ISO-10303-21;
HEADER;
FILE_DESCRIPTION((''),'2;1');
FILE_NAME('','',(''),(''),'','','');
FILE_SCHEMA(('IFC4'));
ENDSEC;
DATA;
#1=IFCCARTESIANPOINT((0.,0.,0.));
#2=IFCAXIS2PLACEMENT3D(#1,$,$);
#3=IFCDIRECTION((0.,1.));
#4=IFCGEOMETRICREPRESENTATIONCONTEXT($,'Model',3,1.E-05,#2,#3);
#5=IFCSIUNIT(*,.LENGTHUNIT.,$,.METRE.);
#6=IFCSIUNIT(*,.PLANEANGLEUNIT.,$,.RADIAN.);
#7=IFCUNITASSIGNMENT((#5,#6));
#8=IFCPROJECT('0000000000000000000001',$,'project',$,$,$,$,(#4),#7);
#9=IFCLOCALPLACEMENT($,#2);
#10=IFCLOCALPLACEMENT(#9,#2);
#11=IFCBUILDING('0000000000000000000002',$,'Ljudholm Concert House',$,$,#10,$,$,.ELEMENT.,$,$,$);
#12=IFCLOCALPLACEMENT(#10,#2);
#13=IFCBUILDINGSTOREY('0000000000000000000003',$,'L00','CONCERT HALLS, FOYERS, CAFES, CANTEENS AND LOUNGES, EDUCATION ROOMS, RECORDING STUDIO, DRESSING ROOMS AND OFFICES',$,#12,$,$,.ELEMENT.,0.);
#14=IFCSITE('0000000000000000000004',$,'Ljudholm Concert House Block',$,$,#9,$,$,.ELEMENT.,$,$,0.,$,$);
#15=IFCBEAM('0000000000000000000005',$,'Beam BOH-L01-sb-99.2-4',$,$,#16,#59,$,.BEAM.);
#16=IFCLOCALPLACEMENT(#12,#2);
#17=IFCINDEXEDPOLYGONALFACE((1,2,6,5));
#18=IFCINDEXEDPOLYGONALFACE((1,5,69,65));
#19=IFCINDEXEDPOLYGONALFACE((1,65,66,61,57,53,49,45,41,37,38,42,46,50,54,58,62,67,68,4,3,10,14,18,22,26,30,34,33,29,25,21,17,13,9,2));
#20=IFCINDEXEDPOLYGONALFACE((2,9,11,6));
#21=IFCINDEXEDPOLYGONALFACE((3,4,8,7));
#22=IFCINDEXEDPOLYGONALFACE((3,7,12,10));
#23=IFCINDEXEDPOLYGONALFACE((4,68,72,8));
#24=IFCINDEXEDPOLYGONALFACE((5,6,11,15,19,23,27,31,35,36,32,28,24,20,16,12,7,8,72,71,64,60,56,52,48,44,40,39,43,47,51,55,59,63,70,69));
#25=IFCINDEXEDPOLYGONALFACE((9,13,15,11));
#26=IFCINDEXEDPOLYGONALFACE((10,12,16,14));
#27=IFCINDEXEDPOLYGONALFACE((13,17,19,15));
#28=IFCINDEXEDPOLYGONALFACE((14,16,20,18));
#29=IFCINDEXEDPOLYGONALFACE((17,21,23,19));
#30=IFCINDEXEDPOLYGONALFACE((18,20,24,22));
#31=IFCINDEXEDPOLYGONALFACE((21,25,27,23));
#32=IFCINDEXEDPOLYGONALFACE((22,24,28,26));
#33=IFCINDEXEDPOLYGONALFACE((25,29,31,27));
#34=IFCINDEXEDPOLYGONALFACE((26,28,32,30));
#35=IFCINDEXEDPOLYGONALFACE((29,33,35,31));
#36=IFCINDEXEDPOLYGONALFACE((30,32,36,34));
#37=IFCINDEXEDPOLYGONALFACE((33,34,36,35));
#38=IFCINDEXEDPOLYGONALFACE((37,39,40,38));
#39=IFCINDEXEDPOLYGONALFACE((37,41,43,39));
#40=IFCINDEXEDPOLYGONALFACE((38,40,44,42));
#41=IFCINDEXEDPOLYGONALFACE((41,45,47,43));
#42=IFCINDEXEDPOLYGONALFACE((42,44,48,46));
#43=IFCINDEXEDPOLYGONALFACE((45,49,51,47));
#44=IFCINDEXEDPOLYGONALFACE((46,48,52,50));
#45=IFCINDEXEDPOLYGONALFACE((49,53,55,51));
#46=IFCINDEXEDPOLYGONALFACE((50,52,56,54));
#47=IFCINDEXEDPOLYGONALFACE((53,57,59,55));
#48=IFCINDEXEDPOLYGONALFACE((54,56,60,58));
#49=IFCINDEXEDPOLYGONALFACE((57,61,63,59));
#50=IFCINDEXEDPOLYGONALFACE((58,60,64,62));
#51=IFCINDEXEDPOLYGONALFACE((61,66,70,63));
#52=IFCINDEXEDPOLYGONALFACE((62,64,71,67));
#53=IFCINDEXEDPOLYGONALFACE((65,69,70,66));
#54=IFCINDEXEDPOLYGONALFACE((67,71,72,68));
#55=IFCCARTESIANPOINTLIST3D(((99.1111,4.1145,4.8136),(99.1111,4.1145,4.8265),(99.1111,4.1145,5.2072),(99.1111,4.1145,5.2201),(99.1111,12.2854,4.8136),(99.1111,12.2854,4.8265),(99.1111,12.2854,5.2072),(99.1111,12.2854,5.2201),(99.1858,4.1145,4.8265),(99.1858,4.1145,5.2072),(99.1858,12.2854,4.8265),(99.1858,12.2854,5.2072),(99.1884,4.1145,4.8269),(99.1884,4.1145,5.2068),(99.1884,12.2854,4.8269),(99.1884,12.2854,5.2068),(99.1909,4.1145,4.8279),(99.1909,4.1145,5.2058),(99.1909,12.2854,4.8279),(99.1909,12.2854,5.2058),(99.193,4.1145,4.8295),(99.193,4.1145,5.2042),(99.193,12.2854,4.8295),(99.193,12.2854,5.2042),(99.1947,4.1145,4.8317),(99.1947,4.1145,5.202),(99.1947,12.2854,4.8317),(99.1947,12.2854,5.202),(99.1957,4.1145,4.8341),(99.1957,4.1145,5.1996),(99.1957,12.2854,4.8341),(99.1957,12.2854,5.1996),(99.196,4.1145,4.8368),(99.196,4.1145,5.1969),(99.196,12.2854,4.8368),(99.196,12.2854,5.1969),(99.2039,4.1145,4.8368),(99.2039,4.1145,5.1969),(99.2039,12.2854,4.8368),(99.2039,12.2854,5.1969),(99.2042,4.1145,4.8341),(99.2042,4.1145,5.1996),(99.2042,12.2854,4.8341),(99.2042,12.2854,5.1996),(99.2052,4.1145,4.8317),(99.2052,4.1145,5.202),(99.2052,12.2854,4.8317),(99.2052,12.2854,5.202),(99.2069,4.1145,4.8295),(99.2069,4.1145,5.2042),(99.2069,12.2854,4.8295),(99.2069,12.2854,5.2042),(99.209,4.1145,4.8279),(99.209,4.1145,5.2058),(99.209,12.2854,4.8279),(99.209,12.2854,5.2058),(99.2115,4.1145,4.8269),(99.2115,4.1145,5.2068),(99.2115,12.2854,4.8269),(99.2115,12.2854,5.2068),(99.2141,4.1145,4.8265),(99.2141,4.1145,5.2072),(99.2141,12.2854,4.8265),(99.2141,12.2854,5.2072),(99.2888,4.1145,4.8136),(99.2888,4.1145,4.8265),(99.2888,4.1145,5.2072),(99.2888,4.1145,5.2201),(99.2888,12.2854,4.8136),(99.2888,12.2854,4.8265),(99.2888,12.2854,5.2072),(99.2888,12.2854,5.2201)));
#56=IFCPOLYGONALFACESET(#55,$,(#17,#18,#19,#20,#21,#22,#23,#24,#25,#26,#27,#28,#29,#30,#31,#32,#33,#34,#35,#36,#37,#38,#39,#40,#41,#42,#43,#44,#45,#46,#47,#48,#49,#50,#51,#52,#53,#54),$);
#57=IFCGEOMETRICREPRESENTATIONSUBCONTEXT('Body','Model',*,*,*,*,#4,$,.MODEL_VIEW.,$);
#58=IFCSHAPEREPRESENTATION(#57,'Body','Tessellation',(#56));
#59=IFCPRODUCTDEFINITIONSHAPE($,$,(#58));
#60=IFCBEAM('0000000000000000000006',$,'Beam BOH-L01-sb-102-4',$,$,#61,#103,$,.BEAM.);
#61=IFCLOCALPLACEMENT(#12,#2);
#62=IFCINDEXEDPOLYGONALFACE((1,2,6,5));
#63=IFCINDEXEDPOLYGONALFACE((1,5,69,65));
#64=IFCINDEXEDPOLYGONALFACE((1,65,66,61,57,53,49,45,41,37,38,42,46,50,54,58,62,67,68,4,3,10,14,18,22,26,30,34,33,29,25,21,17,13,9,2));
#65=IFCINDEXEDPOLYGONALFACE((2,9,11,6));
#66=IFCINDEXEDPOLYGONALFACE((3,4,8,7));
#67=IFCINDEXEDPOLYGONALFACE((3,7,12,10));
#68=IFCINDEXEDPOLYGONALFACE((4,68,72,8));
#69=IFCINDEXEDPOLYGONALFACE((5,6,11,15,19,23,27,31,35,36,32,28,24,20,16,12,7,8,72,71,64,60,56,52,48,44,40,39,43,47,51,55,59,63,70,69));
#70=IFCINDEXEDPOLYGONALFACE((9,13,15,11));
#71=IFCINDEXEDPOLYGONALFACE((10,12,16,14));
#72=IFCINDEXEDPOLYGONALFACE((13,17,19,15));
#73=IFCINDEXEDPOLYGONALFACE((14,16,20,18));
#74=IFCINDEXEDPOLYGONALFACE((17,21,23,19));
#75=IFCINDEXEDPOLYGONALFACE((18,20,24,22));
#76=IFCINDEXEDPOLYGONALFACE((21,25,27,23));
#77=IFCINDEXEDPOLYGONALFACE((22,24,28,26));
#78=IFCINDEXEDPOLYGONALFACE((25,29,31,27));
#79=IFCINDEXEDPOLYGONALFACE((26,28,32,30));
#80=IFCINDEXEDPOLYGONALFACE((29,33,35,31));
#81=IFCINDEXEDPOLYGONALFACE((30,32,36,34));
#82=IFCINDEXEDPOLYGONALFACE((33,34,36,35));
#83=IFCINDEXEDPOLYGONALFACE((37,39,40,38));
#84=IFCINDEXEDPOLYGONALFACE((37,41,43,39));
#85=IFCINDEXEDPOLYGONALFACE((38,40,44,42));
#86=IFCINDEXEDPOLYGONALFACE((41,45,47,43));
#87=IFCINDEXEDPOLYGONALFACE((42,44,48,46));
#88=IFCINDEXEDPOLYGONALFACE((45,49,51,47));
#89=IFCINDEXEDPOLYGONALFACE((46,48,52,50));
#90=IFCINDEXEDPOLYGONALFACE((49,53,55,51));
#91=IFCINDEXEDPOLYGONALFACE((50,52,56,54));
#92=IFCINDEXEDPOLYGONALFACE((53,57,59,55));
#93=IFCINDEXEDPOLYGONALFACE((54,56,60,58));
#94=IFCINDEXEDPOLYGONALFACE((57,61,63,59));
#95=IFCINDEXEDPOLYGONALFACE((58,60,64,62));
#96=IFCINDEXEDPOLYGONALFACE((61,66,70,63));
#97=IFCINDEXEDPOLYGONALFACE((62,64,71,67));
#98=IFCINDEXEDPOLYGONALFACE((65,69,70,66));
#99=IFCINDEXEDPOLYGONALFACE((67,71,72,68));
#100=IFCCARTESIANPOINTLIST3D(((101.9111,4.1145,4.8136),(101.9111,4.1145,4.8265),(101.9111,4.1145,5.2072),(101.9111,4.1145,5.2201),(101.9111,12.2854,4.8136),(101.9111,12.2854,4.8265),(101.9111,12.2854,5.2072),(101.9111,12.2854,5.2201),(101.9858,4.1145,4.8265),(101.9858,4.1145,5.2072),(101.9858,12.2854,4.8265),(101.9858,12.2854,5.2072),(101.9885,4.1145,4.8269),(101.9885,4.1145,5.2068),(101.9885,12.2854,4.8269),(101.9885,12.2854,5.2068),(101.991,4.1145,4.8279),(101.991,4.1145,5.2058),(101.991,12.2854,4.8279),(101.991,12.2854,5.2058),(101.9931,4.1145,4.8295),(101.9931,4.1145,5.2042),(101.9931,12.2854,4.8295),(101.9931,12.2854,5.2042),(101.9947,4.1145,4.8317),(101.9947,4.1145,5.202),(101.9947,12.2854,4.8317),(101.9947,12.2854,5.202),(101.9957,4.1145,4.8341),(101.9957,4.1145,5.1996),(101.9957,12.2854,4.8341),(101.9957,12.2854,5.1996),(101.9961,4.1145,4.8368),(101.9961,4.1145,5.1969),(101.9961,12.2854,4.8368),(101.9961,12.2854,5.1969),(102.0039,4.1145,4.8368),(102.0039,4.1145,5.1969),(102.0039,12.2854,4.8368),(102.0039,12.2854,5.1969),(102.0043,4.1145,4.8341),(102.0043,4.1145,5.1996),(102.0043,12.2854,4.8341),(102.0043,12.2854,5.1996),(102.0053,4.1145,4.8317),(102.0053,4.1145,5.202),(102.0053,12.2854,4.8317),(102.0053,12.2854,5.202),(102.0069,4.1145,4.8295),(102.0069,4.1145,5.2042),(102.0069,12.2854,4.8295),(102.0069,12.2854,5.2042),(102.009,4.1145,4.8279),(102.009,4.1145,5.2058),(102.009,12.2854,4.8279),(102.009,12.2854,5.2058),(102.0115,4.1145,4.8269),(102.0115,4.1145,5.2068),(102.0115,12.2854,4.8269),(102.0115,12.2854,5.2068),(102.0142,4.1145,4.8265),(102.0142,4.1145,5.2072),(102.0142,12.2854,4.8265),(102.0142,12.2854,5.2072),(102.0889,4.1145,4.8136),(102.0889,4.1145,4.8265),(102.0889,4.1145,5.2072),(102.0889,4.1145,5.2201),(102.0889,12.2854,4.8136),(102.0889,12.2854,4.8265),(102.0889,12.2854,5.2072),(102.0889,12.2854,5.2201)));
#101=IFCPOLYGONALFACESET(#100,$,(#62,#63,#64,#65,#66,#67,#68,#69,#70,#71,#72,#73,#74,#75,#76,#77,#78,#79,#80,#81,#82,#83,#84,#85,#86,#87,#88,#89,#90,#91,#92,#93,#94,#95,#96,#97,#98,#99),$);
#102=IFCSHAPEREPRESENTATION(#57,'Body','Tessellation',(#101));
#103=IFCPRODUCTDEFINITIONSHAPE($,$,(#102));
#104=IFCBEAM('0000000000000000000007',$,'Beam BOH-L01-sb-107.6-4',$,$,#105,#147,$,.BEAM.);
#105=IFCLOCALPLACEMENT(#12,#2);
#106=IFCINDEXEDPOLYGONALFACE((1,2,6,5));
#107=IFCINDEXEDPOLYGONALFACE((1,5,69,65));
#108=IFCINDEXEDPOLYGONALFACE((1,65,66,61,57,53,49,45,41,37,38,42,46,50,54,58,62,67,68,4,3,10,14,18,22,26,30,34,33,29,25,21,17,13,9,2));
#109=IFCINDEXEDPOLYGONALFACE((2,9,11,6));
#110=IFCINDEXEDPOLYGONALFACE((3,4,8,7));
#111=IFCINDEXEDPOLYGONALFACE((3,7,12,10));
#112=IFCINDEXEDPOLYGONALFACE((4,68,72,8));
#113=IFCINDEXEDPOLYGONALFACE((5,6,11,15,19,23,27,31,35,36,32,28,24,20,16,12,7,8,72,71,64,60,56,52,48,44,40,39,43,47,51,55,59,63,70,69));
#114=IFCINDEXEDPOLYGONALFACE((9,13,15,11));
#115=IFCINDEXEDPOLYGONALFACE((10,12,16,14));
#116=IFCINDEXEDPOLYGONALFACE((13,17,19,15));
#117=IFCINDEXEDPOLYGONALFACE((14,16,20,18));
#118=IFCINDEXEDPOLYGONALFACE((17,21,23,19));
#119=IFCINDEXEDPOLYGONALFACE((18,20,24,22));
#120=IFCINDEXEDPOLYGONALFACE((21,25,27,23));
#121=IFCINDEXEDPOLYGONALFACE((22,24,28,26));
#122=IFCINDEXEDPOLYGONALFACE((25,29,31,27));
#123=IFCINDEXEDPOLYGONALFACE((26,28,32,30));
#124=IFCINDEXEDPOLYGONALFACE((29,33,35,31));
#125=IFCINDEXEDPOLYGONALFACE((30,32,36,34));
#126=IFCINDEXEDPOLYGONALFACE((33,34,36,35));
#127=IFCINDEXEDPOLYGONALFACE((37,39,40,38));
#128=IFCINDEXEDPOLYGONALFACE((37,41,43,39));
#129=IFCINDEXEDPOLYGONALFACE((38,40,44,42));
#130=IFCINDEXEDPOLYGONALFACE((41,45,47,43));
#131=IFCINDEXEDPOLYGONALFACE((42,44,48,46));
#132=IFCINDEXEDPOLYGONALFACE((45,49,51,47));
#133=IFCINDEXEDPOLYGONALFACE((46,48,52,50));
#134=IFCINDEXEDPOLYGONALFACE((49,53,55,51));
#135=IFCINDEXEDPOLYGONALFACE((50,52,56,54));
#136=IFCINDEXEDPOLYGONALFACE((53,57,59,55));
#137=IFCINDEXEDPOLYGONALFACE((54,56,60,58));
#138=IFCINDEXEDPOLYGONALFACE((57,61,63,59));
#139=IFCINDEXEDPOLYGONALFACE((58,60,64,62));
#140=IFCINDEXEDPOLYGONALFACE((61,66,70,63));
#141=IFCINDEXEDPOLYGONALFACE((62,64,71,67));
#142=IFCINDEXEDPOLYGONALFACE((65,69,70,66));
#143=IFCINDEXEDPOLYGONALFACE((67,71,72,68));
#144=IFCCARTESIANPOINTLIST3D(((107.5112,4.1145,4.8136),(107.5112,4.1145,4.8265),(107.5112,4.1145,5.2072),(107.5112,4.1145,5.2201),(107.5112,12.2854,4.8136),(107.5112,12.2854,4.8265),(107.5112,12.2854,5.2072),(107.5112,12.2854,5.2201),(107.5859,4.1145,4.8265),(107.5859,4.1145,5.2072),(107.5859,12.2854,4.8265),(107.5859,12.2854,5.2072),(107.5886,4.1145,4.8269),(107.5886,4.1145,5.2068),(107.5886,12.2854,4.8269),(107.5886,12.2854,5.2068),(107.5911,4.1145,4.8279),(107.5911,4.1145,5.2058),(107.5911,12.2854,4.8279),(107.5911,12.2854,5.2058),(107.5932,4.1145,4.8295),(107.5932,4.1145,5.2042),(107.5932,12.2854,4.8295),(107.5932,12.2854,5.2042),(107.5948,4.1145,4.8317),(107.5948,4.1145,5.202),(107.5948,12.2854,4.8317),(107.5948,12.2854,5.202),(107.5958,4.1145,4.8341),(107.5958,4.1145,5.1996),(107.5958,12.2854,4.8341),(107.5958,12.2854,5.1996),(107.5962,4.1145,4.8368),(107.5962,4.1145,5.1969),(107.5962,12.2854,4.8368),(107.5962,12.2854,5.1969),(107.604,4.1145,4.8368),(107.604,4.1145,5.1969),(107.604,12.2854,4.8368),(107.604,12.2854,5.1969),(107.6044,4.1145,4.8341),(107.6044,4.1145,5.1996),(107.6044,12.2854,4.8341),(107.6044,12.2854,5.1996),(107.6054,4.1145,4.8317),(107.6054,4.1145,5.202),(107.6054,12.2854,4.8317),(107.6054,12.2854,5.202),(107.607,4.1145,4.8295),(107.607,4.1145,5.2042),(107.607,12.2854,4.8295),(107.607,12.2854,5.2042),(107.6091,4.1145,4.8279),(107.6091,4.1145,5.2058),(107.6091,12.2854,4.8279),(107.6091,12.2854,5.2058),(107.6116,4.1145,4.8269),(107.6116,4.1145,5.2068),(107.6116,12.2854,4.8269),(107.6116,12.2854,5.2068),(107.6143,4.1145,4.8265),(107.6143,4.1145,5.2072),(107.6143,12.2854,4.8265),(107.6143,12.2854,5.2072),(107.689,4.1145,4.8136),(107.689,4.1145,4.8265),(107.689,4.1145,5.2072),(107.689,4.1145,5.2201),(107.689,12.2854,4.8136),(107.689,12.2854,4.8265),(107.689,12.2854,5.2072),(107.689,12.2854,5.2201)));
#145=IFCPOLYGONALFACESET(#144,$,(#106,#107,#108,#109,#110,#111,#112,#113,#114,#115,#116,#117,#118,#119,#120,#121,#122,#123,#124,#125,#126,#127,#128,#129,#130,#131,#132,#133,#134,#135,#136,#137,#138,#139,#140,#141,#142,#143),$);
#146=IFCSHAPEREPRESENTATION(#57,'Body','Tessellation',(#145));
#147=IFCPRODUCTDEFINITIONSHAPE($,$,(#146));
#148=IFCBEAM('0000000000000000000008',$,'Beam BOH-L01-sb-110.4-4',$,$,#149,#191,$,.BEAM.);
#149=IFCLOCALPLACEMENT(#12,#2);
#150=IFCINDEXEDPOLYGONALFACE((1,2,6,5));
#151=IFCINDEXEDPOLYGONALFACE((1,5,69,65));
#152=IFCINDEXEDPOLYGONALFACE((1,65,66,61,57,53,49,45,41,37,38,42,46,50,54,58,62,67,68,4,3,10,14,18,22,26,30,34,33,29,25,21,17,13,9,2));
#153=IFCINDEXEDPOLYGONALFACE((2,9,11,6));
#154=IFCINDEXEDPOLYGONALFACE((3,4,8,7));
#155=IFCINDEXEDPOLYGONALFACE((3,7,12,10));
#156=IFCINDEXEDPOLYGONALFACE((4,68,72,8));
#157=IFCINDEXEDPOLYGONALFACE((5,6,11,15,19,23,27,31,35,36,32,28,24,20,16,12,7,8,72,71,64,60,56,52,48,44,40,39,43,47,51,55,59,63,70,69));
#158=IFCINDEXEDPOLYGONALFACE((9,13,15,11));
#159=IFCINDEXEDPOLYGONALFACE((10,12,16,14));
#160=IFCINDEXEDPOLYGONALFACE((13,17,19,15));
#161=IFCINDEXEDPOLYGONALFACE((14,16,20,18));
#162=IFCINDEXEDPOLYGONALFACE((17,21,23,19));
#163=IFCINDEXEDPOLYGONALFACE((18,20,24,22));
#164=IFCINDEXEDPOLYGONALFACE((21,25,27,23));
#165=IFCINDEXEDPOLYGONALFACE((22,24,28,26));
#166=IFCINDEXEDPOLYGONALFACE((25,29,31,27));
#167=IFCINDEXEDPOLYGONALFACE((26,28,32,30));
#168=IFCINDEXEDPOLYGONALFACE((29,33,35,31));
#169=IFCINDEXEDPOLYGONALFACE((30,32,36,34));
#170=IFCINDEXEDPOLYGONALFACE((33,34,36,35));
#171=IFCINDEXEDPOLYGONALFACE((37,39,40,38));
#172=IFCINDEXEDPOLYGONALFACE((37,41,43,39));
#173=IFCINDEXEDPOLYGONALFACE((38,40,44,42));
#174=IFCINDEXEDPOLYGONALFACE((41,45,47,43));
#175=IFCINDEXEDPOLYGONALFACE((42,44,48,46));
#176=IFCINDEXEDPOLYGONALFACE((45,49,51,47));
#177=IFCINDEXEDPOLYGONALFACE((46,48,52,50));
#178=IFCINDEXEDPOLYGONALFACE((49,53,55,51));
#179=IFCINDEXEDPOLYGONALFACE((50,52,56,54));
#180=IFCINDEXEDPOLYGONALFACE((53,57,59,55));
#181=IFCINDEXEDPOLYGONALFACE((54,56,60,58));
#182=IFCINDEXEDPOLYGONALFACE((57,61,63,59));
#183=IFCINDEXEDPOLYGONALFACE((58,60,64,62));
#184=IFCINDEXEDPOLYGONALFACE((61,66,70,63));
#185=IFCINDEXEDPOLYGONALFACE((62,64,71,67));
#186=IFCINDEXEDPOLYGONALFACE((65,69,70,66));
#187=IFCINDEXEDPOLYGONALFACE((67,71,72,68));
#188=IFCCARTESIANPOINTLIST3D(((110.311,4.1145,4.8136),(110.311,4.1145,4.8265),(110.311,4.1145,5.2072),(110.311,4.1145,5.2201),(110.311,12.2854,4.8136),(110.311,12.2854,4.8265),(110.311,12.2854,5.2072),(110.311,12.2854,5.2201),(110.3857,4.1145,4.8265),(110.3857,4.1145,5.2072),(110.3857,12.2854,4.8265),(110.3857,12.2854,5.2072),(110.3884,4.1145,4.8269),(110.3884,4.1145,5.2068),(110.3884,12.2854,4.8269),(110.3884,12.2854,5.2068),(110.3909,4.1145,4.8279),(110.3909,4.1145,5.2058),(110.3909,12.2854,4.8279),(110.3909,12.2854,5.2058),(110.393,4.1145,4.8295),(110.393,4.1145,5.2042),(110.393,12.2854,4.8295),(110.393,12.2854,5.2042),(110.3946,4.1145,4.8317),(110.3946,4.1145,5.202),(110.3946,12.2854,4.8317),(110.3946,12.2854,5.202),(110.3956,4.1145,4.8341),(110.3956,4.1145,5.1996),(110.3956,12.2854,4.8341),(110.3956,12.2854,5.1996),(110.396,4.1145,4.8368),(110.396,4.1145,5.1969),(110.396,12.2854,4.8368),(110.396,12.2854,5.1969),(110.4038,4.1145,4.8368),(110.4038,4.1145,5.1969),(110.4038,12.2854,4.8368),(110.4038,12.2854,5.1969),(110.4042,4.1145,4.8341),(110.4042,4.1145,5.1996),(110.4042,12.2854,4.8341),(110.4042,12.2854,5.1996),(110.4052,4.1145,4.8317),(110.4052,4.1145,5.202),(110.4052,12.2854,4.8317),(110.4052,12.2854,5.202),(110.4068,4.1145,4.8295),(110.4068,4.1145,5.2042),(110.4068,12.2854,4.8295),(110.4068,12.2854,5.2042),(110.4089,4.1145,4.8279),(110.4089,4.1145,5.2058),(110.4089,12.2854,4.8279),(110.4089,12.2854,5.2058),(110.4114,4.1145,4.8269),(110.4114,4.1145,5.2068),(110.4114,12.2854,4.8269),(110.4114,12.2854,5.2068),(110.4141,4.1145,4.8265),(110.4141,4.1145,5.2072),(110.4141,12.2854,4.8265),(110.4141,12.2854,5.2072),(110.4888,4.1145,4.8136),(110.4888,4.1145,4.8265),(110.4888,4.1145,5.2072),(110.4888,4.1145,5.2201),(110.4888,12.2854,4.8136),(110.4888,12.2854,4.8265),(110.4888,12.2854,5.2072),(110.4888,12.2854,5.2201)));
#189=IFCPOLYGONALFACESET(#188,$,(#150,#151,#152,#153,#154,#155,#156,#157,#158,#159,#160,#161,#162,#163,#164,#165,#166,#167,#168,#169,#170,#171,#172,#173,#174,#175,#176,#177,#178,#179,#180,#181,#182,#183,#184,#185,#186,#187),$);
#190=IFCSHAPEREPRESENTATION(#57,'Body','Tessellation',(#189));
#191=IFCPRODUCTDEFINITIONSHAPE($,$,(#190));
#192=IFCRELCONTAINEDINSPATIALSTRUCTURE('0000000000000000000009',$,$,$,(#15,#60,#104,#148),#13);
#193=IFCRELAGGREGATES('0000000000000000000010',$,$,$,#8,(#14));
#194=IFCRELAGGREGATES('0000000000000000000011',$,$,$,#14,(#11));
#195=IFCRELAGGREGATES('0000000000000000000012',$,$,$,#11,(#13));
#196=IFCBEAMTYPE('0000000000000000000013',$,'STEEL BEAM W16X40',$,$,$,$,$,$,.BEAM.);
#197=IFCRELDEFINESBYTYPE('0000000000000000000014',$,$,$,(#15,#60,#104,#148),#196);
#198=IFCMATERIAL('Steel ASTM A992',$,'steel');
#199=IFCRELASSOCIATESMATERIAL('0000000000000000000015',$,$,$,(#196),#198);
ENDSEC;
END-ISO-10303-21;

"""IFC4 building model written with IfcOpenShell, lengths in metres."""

from ifc_helpers import new_model, si_unit, direction, frame, origin, origin_2d, place, context, subcontext, project, spatial, i_section, extrude, material, material_profile, profile_set, type_object, element, save


model = new_model("IFC4")

# Units and contexts
model_context = context("Model", 3, precision=1e-05, world=origin(), true_north=direction((0.0, 1.0)))
body_context = subcontext(model_context, "Body", "Model", "MODEL_VIEW")
ifc_project = project(units=[si_unit("LENGTHUNIT", "METRE"), si_unit("PLANEANGLEUNIT", "RADIAN")], contexts=[model_context])

# Site, building, storey
site_placement = place(None, origin())
site = spatial("IfcSite", under=ifc_project, at=site_placement, Name="Ljudholm Concert House Block", CompositionType="ELEMENT", RefElevation=0.0)
building_placement = place(site_placement, origin())
building = spatial("IfcBuilding", under=site, at=building_placement, Name="Ljudholm Concert House", CompositionType="ELEMENT")
storey_placement = place(building_placement, origin())
storey = spatial("IfcBuildingStorey", under=building, at=storey_placement, Name="L00", Description="CONCERT HALLS, FOYERS, CAFES, CANTEENS AND LOUNGES, EDUCATION ROOMS, RECORDING STUDIO, DRESSING ROOMS AND OFFICES", CompositionType="ELEMENT", Elevation=0.0)

# Beams
ifc_material_1 = material(Name="Steel ASTM A992", Category="steel")
ifc_material_profile_1 = material_profile(ifc_material_1, i_section(OverallWidth=0.1777, OverallDepth=0.4065, WebThickness=0.0078, FlangeThickness=0.0129, FilletRadius=0.0103, at=origin_2d()), Name="W16X40")
ifc_profile_set_1 = profile_set([ifc_material_profile_1], Name="Steel ASTM A992")
beam_type_1 = type_object("IfcBeamType", Name="STEEL BEAM W16X40", PredefinedType="BEAM", material=ifc_profile_set_1)
for number, where, z_axis, x_axis, name in (
    (1, (99.2, 4.1145, 5.0168), (0.0, 1.0, 0.0), (-1.0, 0.0, 0.0), "Beam BOH-L01-sb-99.2-4"),
    (2, (102.0, 4.1145, 5.0168), (0.0, 1.0, 0.0), (-1.0, 0.0, 0.0), "Beam BOH-L01-sb-102-4"),
    (3, (107.6001, 4.1145, 5.0168), (0.0, 1.0, 0.0), (-1.0, 0.0, 0.0), "Beam BOH-L01-sb-107.6-4"),
    (4, (110.3999, 4.1145, 5.0168), (0.0, 1.0, 0.0), (-1.0, 0.0, 0.0), "Beam BOH-L01-sb-110.4-4"),
):
    element("IfcBeam", number, at=place(storey_placement, frame(where, z_axis=z_axis, x_axis=x_axis)), inside=storey, type_object=beam_type_1, Name=name, PredefinedType="BEAM", context=body_context, shape_type="SweptSolid", body=[
        extrude(i_section(OverallWidth=0.1777, OverallDepth=0.4065, WebThickness=0.0078, FlangeThickness=0.0129, FilletRadius=0.0103, at=origin_2d()), origin(), (0.0, 0.0, 1.0), 8.1709),
    ])

save(model, "model.ifc")
